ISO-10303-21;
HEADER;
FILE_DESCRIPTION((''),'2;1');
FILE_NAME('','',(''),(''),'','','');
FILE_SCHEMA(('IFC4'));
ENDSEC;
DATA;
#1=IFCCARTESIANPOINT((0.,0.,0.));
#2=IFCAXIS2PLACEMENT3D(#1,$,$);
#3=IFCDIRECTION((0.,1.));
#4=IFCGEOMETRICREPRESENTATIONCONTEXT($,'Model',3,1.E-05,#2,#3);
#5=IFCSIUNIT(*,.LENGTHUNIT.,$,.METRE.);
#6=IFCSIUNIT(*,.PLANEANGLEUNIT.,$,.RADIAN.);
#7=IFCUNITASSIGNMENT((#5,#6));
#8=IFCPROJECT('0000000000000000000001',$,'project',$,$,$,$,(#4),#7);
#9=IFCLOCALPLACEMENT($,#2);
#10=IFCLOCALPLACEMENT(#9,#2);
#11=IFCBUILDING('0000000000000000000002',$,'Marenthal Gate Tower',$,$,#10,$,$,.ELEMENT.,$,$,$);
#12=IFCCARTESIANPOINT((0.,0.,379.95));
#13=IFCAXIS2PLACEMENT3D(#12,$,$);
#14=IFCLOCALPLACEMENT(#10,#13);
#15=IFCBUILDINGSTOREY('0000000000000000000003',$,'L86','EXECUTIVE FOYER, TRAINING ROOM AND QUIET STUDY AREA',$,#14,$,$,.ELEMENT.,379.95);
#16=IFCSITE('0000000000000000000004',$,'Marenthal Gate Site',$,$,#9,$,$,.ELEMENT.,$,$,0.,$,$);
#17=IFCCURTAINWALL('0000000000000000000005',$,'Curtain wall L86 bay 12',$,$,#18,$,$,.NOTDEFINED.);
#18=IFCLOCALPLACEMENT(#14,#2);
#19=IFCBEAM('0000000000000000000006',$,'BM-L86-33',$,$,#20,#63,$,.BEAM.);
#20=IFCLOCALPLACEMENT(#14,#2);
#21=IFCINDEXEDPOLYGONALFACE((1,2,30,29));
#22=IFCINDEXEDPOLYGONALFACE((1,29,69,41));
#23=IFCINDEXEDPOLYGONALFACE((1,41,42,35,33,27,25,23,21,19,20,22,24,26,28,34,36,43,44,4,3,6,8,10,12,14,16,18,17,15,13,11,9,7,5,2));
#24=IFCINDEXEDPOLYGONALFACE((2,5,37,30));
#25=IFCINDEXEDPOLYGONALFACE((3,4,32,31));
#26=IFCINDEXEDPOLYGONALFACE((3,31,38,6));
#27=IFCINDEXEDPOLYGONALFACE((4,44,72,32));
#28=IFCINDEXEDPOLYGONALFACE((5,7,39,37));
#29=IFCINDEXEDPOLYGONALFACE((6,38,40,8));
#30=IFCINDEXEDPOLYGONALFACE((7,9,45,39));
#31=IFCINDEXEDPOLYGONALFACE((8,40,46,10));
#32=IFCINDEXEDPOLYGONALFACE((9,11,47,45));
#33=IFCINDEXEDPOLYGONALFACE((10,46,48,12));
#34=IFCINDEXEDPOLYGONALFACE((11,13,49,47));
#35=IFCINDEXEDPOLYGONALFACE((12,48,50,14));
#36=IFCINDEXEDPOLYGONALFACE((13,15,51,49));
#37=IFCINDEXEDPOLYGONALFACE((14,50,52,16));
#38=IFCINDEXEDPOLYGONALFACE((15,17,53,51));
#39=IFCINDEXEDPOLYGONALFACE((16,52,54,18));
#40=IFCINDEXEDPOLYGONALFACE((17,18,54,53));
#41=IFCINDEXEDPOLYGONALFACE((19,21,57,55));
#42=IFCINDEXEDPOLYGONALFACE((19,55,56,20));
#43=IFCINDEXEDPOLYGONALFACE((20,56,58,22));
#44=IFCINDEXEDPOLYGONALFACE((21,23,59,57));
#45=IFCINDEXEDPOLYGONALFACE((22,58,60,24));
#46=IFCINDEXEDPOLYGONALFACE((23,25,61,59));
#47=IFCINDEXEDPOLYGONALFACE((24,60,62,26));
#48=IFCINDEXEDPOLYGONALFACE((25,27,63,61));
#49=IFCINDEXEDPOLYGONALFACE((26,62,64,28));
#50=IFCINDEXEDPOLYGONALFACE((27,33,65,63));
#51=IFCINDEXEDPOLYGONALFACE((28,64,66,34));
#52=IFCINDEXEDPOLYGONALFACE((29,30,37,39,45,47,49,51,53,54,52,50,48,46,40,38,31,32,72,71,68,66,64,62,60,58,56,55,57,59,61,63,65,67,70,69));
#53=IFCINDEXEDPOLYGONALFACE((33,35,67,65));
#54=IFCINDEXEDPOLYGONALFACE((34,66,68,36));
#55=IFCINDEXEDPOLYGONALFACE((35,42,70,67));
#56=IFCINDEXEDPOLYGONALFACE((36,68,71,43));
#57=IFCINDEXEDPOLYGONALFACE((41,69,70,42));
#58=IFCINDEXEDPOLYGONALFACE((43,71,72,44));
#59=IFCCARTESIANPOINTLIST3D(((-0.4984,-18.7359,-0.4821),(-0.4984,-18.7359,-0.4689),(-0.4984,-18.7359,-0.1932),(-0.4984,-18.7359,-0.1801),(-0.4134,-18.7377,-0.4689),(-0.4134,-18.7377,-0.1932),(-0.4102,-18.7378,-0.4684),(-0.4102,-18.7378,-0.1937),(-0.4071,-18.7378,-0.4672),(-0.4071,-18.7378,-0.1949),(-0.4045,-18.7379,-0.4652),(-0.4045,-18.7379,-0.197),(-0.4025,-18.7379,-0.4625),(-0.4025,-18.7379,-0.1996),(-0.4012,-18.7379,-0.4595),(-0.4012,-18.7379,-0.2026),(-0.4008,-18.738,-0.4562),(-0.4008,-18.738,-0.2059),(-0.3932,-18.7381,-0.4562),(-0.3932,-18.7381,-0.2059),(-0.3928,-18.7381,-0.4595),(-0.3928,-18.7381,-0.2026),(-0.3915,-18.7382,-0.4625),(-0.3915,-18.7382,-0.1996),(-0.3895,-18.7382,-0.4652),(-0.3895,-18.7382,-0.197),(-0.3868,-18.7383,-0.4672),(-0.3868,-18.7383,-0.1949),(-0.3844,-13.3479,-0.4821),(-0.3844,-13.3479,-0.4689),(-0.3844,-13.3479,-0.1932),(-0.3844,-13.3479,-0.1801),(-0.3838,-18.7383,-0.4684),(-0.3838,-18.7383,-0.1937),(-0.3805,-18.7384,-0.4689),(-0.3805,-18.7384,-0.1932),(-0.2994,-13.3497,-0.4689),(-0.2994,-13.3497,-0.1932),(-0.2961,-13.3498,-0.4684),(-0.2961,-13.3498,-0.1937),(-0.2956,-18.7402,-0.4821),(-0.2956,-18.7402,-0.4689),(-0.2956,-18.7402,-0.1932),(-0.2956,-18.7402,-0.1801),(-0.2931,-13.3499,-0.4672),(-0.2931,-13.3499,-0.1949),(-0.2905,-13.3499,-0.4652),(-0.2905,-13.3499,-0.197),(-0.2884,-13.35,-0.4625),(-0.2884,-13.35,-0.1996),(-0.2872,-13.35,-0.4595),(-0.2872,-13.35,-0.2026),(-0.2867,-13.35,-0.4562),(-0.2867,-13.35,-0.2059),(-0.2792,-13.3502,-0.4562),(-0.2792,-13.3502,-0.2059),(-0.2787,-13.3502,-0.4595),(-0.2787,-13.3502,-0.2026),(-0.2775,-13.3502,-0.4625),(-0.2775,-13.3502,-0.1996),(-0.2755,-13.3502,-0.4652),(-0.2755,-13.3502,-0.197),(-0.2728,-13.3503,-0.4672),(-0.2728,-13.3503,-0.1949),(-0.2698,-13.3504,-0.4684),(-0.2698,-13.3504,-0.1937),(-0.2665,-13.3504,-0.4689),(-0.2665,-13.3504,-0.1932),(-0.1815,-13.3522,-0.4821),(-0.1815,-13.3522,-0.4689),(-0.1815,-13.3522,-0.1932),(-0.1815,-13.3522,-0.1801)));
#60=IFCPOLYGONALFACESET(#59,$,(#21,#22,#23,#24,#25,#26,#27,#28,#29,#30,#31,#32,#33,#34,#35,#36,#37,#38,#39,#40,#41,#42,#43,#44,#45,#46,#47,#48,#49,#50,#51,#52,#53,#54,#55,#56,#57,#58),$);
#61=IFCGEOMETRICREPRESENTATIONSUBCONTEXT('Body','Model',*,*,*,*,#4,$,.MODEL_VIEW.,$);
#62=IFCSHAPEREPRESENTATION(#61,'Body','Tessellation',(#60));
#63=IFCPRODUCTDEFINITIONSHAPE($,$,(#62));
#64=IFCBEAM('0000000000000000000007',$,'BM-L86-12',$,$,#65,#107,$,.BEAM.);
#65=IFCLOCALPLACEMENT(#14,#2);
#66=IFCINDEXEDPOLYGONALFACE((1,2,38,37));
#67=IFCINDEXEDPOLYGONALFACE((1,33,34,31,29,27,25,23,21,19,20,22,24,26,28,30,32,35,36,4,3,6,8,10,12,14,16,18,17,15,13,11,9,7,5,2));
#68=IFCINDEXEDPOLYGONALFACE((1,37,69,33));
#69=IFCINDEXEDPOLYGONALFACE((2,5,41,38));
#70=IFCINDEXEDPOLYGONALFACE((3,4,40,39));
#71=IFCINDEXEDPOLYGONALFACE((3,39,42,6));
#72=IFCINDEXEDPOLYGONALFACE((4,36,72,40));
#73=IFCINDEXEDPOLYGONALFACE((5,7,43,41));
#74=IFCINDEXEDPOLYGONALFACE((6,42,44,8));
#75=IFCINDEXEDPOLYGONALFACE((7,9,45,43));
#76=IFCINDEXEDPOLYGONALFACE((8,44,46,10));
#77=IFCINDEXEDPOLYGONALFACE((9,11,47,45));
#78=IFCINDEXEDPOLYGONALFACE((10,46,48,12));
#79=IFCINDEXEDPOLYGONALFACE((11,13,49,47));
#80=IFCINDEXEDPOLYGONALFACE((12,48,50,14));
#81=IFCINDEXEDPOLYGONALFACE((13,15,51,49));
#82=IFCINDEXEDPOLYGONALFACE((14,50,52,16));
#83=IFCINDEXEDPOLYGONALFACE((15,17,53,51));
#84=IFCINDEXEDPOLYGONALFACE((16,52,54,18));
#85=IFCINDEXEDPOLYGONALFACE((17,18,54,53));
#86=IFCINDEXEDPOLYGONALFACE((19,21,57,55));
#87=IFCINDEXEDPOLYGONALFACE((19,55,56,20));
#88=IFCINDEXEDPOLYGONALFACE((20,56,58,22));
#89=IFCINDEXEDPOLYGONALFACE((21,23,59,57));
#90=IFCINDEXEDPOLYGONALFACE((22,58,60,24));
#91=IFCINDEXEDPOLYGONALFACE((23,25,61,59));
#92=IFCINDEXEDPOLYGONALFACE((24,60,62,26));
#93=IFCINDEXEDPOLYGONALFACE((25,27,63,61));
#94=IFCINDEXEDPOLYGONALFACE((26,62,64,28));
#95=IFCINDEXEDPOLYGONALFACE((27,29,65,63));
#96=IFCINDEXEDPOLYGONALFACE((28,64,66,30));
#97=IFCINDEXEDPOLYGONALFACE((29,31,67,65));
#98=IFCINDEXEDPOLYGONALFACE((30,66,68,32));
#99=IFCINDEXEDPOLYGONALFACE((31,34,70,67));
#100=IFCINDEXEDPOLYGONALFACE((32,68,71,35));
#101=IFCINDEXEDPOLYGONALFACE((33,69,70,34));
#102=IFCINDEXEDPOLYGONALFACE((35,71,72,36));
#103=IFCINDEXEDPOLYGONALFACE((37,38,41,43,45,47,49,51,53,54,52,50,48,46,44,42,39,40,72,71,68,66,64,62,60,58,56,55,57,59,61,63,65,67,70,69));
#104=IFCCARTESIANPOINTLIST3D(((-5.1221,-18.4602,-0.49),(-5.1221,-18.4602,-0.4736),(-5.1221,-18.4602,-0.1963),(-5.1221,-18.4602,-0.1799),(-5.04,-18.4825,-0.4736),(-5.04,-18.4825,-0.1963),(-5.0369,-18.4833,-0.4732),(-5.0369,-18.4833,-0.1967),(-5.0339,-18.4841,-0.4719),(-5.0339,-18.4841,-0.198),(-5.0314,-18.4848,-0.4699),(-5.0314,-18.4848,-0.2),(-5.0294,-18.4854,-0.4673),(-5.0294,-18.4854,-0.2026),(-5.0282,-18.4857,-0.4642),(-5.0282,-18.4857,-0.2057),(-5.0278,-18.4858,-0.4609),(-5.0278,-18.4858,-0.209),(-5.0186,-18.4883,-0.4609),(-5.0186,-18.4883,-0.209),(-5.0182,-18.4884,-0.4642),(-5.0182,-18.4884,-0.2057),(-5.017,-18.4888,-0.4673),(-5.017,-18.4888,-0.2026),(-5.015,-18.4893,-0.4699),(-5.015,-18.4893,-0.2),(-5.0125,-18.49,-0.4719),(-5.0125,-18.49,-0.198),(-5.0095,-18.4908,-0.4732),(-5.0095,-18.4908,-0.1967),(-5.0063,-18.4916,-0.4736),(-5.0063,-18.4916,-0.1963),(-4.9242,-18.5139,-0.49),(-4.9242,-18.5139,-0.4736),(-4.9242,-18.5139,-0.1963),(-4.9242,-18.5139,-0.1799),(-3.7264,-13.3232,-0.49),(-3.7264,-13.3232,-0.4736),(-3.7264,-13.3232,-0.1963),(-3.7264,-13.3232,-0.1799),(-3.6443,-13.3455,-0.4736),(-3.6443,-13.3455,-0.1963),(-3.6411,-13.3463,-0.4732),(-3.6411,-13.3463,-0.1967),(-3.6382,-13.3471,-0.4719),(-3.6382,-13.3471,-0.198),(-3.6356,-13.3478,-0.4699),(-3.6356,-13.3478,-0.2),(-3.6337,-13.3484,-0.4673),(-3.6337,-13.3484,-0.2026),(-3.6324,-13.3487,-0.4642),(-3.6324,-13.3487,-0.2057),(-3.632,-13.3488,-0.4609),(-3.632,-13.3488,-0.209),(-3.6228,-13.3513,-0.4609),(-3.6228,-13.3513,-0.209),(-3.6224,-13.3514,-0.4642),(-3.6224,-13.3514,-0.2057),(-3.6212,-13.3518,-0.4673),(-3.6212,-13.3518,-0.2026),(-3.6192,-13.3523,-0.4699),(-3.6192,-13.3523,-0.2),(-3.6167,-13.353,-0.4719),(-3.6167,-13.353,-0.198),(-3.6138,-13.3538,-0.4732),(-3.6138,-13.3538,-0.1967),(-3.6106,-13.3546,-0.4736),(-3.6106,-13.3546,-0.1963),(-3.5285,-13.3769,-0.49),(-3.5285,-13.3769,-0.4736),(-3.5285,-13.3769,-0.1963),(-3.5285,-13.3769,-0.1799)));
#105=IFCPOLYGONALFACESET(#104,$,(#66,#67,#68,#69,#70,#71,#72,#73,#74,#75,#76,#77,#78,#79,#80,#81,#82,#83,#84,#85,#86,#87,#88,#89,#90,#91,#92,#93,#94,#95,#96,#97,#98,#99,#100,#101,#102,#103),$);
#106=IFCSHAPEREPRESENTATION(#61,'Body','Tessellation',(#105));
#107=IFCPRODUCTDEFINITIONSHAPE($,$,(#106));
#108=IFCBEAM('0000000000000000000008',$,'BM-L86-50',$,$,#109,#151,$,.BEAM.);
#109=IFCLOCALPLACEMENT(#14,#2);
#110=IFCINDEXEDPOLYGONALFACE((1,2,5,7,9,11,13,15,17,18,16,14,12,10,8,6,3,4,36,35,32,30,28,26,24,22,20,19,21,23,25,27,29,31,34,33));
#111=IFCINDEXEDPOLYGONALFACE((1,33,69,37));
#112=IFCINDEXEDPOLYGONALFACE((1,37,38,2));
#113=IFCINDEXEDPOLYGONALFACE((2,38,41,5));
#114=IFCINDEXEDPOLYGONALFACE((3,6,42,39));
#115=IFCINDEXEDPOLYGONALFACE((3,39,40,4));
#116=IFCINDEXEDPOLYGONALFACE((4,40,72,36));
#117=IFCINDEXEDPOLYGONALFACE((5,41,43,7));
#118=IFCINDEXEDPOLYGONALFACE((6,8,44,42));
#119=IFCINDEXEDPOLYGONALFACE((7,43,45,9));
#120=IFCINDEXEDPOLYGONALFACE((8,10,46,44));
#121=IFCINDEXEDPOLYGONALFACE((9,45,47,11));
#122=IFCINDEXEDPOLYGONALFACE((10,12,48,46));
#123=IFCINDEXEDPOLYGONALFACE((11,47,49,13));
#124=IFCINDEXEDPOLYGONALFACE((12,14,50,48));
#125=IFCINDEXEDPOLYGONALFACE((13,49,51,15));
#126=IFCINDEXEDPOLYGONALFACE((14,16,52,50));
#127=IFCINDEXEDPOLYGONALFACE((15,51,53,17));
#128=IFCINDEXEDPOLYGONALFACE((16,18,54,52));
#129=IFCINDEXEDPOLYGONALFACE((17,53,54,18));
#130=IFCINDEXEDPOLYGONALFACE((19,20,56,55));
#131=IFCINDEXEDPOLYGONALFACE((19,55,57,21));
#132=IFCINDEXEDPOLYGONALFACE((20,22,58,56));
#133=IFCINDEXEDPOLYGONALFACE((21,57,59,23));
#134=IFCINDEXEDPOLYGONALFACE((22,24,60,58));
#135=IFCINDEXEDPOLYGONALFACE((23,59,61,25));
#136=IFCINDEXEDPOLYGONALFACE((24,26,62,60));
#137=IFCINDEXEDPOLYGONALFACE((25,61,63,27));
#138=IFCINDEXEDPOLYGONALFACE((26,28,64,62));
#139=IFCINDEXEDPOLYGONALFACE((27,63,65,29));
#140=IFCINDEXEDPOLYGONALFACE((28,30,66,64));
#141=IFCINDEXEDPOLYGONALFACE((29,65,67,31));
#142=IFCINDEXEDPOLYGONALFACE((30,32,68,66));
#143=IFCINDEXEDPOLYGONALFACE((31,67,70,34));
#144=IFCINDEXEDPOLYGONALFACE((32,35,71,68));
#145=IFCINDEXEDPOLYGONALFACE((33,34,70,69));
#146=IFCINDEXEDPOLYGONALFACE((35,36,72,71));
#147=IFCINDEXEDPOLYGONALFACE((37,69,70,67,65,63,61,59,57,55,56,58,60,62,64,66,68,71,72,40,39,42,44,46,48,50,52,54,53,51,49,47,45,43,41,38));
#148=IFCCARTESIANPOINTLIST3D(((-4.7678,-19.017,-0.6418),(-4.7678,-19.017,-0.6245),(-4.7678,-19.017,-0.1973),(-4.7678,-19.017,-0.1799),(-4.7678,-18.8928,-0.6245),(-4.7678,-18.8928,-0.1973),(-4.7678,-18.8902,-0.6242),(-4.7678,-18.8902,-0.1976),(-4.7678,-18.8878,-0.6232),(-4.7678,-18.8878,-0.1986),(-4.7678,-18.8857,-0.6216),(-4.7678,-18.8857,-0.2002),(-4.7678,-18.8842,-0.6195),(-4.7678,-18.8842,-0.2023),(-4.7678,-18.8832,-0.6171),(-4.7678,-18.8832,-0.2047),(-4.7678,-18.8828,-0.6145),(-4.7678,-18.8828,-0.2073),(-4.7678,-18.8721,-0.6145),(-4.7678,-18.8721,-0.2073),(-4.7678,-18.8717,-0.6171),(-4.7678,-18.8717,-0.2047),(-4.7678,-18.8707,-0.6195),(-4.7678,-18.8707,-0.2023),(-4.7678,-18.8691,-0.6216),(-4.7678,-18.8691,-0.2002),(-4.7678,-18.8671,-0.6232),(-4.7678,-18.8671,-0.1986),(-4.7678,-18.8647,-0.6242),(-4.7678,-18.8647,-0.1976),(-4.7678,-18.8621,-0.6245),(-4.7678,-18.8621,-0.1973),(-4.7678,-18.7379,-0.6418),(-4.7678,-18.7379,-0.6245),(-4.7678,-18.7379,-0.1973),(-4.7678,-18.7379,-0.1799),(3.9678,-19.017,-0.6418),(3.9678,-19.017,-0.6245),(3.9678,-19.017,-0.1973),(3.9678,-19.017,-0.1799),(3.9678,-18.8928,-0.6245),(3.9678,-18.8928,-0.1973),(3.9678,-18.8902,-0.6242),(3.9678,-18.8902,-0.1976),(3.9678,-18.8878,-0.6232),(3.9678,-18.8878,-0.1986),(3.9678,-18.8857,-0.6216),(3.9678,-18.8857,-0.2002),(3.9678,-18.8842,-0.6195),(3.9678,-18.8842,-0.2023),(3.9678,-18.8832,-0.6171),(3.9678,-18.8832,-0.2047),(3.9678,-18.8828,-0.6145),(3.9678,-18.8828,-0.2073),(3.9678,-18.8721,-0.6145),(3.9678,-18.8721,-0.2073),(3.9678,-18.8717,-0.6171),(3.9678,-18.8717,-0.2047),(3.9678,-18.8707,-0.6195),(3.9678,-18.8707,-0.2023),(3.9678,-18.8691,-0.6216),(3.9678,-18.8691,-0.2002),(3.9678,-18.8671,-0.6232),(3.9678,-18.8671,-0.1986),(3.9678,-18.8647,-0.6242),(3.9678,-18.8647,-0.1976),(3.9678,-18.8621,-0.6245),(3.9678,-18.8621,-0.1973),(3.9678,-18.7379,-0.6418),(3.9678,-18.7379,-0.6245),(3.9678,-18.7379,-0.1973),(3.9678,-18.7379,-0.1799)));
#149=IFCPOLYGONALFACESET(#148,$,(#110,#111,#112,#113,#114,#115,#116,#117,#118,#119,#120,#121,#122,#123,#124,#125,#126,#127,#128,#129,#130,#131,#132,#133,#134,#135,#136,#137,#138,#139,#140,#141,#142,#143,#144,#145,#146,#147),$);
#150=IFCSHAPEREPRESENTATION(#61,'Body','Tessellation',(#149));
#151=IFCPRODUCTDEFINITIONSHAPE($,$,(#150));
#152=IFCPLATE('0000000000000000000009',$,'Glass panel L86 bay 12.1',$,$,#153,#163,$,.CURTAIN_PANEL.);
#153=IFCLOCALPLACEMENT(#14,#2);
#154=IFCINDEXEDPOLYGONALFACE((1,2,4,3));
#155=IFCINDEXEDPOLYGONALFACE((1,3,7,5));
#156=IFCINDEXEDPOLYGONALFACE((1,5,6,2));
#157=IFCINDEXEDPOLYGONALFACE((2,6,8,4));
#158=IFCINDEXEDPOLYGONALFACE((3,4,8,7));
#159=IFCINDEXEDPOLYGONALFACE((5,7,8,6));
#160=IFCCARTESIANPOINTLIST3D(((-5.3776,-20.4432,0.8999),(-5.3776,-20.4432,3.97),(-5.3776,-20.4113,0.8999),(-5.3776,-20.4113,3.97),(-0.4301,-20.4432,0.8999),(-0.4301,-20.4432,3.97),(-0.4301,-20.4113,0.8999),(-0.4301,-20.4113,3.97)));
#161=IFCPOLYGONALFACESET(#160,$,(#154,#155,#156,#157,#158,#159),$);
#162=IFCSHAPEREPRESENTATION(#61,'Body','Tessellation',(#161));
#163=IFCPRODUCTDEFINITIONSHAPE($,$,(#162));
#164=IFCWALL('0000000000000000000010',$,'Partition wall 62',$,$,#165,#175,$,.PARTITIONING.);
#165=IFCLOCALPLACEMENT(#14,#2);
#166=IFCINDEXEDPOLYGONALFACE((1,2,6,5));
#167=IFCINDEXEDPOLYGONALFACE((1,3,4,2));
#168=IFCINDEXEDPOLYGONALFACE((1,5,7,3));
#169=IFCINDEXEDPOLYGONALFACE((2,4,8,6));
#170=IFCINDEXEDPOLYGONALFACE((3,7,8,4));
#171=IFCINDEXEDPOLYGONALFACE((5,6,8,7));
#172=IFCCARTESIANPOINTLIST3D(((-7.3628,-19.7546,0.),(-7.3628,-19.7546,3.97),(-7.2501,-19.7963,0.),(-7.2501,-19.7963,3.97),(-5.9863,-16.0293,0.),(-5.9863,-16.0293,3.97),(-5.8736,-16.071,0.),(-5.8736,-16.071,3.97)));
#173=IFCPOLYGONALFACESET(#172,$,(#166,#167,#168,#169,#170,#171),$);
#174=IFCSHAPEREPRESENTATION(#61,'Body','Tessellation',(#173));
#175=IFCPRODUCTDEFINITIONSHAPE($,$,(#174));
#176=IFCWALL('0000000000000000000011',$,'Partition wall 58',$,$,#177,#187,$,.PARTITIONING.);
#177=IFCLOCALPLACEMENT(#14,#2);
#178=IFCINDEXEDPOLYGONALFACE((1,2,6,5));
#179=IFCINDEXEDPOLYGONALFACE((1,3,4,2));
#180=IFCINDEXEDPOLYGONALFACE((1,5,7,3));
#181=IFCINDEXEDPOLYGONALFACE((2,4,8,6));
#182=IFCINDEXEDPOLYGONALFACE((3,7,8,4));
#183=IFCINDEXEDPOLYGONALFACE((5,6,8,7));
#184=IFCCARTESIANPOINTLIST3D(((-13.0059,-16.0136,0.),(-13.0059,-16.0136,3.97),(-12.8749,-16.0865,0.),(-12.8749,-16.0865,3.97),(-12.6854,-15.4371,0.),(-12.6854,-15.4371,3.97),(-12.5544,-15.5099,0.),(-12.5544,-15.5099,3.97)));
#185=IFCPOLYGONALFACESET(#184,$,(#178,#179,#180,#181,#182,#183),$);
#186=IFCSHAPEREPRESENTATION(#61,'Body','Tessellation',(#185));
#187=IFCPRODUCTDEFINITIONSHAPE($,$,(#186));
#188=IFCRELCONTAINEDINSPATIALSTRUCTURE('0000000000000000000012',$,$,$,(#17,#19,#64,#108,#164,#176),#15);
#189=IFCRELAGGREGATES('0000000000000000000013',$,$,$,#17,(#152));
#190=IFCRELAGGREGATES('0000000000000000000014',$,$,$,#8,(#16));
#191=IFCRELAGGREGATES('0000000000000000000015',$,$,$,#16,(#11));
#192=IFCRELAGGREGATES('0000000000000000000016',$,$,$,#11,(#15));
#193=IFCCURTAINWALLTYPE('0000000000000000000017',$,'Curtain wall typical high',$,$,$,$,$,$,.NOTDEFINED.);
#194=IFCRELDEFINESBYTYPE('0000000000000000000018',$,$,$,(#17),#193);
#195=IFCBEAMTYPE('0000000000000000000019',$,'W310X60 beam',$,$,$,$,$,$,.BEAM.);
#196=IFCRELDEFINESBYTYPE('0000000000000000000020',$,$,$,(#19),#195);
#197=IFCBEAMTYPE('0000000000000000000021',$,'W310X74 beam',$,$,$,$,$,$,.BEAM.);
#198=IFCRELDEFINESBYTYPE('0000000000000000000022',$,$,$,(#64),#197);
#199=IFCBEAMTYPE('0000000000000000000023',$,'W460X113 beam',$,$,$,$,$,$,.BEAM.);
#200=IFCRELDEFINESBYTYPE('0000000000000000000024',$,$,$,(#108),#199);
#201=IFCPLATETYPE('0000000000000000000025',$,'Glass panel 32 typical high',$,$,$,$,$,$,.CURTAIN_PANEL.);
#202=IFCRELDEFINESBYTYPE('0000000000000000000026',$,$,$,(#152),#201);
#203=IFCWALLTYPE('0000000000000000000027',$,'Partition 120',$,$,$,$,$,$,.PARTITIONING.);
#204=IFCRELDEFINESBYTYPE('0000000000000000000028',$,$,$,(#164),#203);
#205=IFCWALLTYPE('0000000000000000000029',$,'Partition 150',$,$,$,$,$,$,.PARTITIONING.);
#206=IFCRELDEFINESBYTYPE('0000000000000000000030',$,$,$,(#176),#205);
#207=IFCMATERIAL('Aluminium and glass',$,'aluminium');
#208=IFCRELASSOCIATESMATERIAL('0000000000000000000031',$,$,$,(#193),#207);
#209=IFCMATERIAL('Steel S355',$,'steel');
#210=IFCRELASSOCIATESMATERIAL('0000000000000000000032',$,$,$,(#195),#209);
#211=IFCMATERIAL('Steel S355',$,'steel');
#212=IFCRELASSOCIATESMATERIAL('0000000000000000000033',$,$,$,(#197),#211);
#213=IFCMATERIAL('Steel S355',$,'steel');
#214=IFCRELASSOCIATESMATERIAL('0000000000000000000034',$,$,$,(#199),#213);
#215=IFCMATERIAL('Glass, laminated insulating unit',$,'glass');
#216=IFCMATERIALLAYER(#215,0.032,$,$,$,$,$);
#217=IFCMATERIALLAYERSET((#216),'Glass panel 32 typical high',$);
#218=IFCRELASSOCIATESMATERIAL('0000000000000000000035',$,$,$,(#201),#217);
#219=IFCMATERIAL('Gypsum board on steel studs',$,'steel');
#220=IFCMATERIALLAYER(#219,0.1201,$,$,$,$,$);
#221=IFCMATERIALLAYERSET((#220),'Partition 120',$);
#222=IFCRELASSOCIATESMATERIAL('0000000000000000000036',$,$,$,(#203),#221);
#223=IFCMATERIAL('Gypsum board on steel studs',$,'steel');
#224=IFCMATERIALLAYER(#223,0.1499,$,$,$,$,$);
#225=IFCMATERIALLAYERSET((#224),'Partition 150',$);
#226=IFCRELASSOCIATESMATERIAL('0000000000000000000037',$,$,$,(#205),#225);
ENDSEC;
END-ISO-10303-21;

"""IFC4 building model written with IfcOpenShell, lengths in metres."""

from ifc_helpers import new_model, si_unit, direction, frame, frame_2d, origin, origin_2d, place, context, subcontext, project, spatial, rectangle, i_section, extrude, material, layer, layer_set, material_profile, profile_set, type_object, element, aggregate, save


model = new_model("IFC4")

# Units and contexts
model_context = context("Model", 3, precision=1e-05, world=origin(), true_north=direction((0.0, 1.0)))
body_context = subcontext(model_context, "Body", "Model", "MODEL_VIEW")
ifc_project = project(units=[si_unit("LENGTHUNIT", "METRE"), si_unit("PLANEANGLEUNIT", "RADIAN")], contexts=[model_context])

# Site, building, storey
site_placement = place(None, origin())
site = spatial("IfcSite", under=ifc_project, at=site_placement, Name="Marenthal Gate Site", CompositionType="ELEMENT", RefElevation=0.0)
building_placement = place(site_placement, origin())
building = spatial("IfcBuilding", under=site, at=building_placement, Name="Marenthal Gate Tower", CompositionType="ELEMENT")
storey_placement = place(building_placement, frame((0.0, 0.0, 379.95)))
storey = spatial("IfcBuildingStorey", under=building, at=storey_placement, Name="L86", Description="EXECUTIVE FOYER, TRAINING ROOM AND QUIET STUDY AREA", CompositionType="ELEMENT", Elevation=379.95)

# Curtain wall
ifc_material_1 = material(Name="Aluminium and glass", Category="aluminium")
curtain_wall_type = type_object("IfcCurtainWallType", Name="Curtain wall typical high", PredefinedType="NOTDEFINED", material=ifc_material_1)
curtain_wall_placement = place(storey_placement, origin())
curtain_wall = element("IfcCurtainWall", 1, at=curtain_wall_placement, inside=storey, type_object=curtain_wall_type, Name="Curtain wall L86 bay 12", PredefinedType="NOTDEFINED")

# Beams
ifc_material_2 = material(Name="Steel S355", Category="steel")
ifc_material_profile_1 = material_profile(ifc_material_2, i_section(OverallWidth=0.2029, OverallDepth=0.302, WebThickness=0.0076, FlangeThickness=0.0132, FilletRadius=0.0127, at=origin_2d()), Name="W310X60")
ifc_profile_set_1 = profile_set([ifc_material_profile_1], Name="Steel S355")
beam_type_1 = type_object("IfcBeamType", Name="W310X60 beam", PredefinedType="BEAM", material=ifc_profile_set_1)
beam_1_placement = place(storey_placement, frame((-0.397, -18.738, -0.3311), z_axis=(0.021156, 0.999776, 0.0), x_axis=(-0.999776, 0.021156, 0.0)))
element("IfcBeam", 2, at=beam_1_placement, inside=storey, type_object=beam_type_1, Name="BM-L86-33", PredefinedType="BEAM", context=body_context, shape_type="SweptSolid", body=[
    extrude(i_section(OverallWidth=0.2029, OverallDepth=0.302, WebThickness=0.0076, FlangeThickness=0.0132, FilletRadius=0.0127, at=origin_2d()), origin(), (0.0, 0.0, 1.0), 5.3892),
])
ifc_material_3 = material(Name="Steel S355", Category="steel")
ifc_material_profile_2 = material_profile(ifc_material_3, i_section(OverallWidth=0.2051, OverallDepth=0.3101, WebThickness=0.0095, FlangeThickness=0.0164, FilletRadius=0.0127, at=origin_2d()), Name="W310X74")
ifc_profile_set_2 = profile_set([ifc_material_profile_2], Name="Steel S355")
beam_type_2 = type_object("IfcBeamType", Name="W310X74 beam", PredefinedType="BEAM", material=ifc_profile_set_2)
beam_2_placement = place(storey_placement, frame((-5.0232, -18.4871, -0.335), z_axis=(0.262201, 0.965013, 0.0), x_axis=(-0.965013, 0.262201, 0.0)))
element("IfcBeam", 3, at=beam_2_placement, inside=storey, type_object=beam_type_2, Name="BM-L86-12", PredefinedType="BEAM", context=body_context, shape_type="SweptSolid", body=[
    extrude(i_section(OverallWidth=0.2051, OverallDepth=0.3101, WebThickness=0.0095, FlangeThickness=0.0164, FilletRadius=0.0127, at=origin_2d()), origin(), (0.0, 0.0, 1.0), 5.3232),
])
ifc_material_4 = material(Name="Steel S355", Category="steel")
ifc_material_profile_3 = material_profile(ifc_material_4, i_section(OverallWidth=0.2791, OverallDepth=0.4619, WebThickness=0.0107, FlangeThickness=0.0173, FilletRadius=0.01, at=origin_2d()), Name="W460X113")
ifc_profile_set_3 = profile_set([ifc_material_profile_3], Name="Steel S355")
beam_type_3 = type_object("IfcBeamType", Name="W460X113 beam", PredefinedType="BEAM", material=ifc_profile_set_3)
beam_3_placement = place(storey_placement, frame((-4.7678, -18.8774, -0.4109), z_axis=(1.0, 0.0, 0.0), x_axis=(0.0, 1.0, 0.0)))
element("IfcBeam", 4, at=beam_3_placement, inside=storey, type_object=beam_type_3, Name="BM-L86-50", PredefinedType="BEAM", context=body_context, shape_type="SweptSolid", body=[
    extrude(i_section(OverallWidth=0.2791, OverallDepth=0.4619, WebThickness=0.0107, FlangeThickness=0.0173, FilletRadius=0.01, at=origin_2d()), origin(), (0.0, 0.0, 1.0), 8.7356),
])

# Plate
ifc_material_5 = material(Name="Glass, laminated insulating unit", Category="glass")
ifc_layer_1 = layer(ifc_material_5, 0.032)
ifc_layer_set_1 = layer_set([ifc_layer_1], Name="Glass panel 32 typical high")
plate_type = type_object("IfcPlateType", Name="Glass panel 32 typical high", PredefinedType="CURTAIN_PANEL", material=ifc_layer_set_1)
plate_placement = place(storey_placement, frame((-2.9038, -20.4272, 0.8999), z_axis=(0.0, 0.0, 1.0), x_axis=(1.0, 0.0, 0.0)))
plate = element("IfcPlate", 5, at=plate_placement, type_object=plate_type, Name="Glass panel L86 bay 12.1", PredefinedType="CURTAIN_PANEL", context=body_context, shape_type="SweptSolid", body=[
    extrude(rectangle(XDim=4.9475, YDim=0.032, at=origin_2d()), origin(), (0.0, 0.0, 1.0), 3.0701),
])
aggregate(curtain_wall, [plate])

# Walls
ifc_material_6 = material(Name="Gypsum board on steel studs", Category="steel")
ifc_layer_2 = layer(ifc_material_6, 0.1201)
ifc_layer_set_2 = layer_set([ifc_layer_2], Name="Partition 120")
wall_type_1 = type_object("IfcWallType", Name="Partition 120", PredefinedType="PARTITIONING", material=ifc_layer_set_2)
wall_1_placement = place(storey_placement, frame((-5.9299, -16.05, 0.0), z_axis=(0.0, 0.0, 1.0), x_axis=(-0.346585, -0.938018, 0.0)))
element("IfcWall", 6, at=wall_1_placement, inside=storey, type_object=wall_type_1, Name="Partition wall 62", PredefinedType="PARTITIONING", context=body_context, shape_type="SweptSolid", body=[
    extrude(rectangle(XDim=3.9714, YDim=0.1201, at=frame_2d((1.9858, 0.0))), origin(), (0.0, 0.0, 1.0), 3.97),
])
ifc_material_7 = material(Name="Gypsum board on steel studs", Category="steel")
ifc_layer_3 = layer(ifc_material_7, 0.1499)
ifc_layer_set_3 = layer_set([ifc_layer_3], Name="Partition 150")
wall_type_2 = type_object("IfcWallType", Name="Partition 150", PredefinedType="PARTITIONING", material=ifc_layer_set_3)
wall_2_placement = place(storey_placement, frame((-12.9404, -16.05, 0.0), z_axis=(0.0, 0.0, 1.0), x_axis=(0.485863, 0.874035, 0.0)))
element("IfcWall", 7, at=wall_2_placement, inside=storey, type_object=wall_type_2, Name="Partition wall 58", PredefinedType="PARTITIONING", context=body_context, shape_type="SweptSolid", body=[
    extrude(rectangle(XDim=0.6597, YDim=0.1499, at=frame_2d((0.3298, 0.0))), origin(), (0.0, 0.0, 1.0), 3.97),
])

save(model, "model.ifc")
